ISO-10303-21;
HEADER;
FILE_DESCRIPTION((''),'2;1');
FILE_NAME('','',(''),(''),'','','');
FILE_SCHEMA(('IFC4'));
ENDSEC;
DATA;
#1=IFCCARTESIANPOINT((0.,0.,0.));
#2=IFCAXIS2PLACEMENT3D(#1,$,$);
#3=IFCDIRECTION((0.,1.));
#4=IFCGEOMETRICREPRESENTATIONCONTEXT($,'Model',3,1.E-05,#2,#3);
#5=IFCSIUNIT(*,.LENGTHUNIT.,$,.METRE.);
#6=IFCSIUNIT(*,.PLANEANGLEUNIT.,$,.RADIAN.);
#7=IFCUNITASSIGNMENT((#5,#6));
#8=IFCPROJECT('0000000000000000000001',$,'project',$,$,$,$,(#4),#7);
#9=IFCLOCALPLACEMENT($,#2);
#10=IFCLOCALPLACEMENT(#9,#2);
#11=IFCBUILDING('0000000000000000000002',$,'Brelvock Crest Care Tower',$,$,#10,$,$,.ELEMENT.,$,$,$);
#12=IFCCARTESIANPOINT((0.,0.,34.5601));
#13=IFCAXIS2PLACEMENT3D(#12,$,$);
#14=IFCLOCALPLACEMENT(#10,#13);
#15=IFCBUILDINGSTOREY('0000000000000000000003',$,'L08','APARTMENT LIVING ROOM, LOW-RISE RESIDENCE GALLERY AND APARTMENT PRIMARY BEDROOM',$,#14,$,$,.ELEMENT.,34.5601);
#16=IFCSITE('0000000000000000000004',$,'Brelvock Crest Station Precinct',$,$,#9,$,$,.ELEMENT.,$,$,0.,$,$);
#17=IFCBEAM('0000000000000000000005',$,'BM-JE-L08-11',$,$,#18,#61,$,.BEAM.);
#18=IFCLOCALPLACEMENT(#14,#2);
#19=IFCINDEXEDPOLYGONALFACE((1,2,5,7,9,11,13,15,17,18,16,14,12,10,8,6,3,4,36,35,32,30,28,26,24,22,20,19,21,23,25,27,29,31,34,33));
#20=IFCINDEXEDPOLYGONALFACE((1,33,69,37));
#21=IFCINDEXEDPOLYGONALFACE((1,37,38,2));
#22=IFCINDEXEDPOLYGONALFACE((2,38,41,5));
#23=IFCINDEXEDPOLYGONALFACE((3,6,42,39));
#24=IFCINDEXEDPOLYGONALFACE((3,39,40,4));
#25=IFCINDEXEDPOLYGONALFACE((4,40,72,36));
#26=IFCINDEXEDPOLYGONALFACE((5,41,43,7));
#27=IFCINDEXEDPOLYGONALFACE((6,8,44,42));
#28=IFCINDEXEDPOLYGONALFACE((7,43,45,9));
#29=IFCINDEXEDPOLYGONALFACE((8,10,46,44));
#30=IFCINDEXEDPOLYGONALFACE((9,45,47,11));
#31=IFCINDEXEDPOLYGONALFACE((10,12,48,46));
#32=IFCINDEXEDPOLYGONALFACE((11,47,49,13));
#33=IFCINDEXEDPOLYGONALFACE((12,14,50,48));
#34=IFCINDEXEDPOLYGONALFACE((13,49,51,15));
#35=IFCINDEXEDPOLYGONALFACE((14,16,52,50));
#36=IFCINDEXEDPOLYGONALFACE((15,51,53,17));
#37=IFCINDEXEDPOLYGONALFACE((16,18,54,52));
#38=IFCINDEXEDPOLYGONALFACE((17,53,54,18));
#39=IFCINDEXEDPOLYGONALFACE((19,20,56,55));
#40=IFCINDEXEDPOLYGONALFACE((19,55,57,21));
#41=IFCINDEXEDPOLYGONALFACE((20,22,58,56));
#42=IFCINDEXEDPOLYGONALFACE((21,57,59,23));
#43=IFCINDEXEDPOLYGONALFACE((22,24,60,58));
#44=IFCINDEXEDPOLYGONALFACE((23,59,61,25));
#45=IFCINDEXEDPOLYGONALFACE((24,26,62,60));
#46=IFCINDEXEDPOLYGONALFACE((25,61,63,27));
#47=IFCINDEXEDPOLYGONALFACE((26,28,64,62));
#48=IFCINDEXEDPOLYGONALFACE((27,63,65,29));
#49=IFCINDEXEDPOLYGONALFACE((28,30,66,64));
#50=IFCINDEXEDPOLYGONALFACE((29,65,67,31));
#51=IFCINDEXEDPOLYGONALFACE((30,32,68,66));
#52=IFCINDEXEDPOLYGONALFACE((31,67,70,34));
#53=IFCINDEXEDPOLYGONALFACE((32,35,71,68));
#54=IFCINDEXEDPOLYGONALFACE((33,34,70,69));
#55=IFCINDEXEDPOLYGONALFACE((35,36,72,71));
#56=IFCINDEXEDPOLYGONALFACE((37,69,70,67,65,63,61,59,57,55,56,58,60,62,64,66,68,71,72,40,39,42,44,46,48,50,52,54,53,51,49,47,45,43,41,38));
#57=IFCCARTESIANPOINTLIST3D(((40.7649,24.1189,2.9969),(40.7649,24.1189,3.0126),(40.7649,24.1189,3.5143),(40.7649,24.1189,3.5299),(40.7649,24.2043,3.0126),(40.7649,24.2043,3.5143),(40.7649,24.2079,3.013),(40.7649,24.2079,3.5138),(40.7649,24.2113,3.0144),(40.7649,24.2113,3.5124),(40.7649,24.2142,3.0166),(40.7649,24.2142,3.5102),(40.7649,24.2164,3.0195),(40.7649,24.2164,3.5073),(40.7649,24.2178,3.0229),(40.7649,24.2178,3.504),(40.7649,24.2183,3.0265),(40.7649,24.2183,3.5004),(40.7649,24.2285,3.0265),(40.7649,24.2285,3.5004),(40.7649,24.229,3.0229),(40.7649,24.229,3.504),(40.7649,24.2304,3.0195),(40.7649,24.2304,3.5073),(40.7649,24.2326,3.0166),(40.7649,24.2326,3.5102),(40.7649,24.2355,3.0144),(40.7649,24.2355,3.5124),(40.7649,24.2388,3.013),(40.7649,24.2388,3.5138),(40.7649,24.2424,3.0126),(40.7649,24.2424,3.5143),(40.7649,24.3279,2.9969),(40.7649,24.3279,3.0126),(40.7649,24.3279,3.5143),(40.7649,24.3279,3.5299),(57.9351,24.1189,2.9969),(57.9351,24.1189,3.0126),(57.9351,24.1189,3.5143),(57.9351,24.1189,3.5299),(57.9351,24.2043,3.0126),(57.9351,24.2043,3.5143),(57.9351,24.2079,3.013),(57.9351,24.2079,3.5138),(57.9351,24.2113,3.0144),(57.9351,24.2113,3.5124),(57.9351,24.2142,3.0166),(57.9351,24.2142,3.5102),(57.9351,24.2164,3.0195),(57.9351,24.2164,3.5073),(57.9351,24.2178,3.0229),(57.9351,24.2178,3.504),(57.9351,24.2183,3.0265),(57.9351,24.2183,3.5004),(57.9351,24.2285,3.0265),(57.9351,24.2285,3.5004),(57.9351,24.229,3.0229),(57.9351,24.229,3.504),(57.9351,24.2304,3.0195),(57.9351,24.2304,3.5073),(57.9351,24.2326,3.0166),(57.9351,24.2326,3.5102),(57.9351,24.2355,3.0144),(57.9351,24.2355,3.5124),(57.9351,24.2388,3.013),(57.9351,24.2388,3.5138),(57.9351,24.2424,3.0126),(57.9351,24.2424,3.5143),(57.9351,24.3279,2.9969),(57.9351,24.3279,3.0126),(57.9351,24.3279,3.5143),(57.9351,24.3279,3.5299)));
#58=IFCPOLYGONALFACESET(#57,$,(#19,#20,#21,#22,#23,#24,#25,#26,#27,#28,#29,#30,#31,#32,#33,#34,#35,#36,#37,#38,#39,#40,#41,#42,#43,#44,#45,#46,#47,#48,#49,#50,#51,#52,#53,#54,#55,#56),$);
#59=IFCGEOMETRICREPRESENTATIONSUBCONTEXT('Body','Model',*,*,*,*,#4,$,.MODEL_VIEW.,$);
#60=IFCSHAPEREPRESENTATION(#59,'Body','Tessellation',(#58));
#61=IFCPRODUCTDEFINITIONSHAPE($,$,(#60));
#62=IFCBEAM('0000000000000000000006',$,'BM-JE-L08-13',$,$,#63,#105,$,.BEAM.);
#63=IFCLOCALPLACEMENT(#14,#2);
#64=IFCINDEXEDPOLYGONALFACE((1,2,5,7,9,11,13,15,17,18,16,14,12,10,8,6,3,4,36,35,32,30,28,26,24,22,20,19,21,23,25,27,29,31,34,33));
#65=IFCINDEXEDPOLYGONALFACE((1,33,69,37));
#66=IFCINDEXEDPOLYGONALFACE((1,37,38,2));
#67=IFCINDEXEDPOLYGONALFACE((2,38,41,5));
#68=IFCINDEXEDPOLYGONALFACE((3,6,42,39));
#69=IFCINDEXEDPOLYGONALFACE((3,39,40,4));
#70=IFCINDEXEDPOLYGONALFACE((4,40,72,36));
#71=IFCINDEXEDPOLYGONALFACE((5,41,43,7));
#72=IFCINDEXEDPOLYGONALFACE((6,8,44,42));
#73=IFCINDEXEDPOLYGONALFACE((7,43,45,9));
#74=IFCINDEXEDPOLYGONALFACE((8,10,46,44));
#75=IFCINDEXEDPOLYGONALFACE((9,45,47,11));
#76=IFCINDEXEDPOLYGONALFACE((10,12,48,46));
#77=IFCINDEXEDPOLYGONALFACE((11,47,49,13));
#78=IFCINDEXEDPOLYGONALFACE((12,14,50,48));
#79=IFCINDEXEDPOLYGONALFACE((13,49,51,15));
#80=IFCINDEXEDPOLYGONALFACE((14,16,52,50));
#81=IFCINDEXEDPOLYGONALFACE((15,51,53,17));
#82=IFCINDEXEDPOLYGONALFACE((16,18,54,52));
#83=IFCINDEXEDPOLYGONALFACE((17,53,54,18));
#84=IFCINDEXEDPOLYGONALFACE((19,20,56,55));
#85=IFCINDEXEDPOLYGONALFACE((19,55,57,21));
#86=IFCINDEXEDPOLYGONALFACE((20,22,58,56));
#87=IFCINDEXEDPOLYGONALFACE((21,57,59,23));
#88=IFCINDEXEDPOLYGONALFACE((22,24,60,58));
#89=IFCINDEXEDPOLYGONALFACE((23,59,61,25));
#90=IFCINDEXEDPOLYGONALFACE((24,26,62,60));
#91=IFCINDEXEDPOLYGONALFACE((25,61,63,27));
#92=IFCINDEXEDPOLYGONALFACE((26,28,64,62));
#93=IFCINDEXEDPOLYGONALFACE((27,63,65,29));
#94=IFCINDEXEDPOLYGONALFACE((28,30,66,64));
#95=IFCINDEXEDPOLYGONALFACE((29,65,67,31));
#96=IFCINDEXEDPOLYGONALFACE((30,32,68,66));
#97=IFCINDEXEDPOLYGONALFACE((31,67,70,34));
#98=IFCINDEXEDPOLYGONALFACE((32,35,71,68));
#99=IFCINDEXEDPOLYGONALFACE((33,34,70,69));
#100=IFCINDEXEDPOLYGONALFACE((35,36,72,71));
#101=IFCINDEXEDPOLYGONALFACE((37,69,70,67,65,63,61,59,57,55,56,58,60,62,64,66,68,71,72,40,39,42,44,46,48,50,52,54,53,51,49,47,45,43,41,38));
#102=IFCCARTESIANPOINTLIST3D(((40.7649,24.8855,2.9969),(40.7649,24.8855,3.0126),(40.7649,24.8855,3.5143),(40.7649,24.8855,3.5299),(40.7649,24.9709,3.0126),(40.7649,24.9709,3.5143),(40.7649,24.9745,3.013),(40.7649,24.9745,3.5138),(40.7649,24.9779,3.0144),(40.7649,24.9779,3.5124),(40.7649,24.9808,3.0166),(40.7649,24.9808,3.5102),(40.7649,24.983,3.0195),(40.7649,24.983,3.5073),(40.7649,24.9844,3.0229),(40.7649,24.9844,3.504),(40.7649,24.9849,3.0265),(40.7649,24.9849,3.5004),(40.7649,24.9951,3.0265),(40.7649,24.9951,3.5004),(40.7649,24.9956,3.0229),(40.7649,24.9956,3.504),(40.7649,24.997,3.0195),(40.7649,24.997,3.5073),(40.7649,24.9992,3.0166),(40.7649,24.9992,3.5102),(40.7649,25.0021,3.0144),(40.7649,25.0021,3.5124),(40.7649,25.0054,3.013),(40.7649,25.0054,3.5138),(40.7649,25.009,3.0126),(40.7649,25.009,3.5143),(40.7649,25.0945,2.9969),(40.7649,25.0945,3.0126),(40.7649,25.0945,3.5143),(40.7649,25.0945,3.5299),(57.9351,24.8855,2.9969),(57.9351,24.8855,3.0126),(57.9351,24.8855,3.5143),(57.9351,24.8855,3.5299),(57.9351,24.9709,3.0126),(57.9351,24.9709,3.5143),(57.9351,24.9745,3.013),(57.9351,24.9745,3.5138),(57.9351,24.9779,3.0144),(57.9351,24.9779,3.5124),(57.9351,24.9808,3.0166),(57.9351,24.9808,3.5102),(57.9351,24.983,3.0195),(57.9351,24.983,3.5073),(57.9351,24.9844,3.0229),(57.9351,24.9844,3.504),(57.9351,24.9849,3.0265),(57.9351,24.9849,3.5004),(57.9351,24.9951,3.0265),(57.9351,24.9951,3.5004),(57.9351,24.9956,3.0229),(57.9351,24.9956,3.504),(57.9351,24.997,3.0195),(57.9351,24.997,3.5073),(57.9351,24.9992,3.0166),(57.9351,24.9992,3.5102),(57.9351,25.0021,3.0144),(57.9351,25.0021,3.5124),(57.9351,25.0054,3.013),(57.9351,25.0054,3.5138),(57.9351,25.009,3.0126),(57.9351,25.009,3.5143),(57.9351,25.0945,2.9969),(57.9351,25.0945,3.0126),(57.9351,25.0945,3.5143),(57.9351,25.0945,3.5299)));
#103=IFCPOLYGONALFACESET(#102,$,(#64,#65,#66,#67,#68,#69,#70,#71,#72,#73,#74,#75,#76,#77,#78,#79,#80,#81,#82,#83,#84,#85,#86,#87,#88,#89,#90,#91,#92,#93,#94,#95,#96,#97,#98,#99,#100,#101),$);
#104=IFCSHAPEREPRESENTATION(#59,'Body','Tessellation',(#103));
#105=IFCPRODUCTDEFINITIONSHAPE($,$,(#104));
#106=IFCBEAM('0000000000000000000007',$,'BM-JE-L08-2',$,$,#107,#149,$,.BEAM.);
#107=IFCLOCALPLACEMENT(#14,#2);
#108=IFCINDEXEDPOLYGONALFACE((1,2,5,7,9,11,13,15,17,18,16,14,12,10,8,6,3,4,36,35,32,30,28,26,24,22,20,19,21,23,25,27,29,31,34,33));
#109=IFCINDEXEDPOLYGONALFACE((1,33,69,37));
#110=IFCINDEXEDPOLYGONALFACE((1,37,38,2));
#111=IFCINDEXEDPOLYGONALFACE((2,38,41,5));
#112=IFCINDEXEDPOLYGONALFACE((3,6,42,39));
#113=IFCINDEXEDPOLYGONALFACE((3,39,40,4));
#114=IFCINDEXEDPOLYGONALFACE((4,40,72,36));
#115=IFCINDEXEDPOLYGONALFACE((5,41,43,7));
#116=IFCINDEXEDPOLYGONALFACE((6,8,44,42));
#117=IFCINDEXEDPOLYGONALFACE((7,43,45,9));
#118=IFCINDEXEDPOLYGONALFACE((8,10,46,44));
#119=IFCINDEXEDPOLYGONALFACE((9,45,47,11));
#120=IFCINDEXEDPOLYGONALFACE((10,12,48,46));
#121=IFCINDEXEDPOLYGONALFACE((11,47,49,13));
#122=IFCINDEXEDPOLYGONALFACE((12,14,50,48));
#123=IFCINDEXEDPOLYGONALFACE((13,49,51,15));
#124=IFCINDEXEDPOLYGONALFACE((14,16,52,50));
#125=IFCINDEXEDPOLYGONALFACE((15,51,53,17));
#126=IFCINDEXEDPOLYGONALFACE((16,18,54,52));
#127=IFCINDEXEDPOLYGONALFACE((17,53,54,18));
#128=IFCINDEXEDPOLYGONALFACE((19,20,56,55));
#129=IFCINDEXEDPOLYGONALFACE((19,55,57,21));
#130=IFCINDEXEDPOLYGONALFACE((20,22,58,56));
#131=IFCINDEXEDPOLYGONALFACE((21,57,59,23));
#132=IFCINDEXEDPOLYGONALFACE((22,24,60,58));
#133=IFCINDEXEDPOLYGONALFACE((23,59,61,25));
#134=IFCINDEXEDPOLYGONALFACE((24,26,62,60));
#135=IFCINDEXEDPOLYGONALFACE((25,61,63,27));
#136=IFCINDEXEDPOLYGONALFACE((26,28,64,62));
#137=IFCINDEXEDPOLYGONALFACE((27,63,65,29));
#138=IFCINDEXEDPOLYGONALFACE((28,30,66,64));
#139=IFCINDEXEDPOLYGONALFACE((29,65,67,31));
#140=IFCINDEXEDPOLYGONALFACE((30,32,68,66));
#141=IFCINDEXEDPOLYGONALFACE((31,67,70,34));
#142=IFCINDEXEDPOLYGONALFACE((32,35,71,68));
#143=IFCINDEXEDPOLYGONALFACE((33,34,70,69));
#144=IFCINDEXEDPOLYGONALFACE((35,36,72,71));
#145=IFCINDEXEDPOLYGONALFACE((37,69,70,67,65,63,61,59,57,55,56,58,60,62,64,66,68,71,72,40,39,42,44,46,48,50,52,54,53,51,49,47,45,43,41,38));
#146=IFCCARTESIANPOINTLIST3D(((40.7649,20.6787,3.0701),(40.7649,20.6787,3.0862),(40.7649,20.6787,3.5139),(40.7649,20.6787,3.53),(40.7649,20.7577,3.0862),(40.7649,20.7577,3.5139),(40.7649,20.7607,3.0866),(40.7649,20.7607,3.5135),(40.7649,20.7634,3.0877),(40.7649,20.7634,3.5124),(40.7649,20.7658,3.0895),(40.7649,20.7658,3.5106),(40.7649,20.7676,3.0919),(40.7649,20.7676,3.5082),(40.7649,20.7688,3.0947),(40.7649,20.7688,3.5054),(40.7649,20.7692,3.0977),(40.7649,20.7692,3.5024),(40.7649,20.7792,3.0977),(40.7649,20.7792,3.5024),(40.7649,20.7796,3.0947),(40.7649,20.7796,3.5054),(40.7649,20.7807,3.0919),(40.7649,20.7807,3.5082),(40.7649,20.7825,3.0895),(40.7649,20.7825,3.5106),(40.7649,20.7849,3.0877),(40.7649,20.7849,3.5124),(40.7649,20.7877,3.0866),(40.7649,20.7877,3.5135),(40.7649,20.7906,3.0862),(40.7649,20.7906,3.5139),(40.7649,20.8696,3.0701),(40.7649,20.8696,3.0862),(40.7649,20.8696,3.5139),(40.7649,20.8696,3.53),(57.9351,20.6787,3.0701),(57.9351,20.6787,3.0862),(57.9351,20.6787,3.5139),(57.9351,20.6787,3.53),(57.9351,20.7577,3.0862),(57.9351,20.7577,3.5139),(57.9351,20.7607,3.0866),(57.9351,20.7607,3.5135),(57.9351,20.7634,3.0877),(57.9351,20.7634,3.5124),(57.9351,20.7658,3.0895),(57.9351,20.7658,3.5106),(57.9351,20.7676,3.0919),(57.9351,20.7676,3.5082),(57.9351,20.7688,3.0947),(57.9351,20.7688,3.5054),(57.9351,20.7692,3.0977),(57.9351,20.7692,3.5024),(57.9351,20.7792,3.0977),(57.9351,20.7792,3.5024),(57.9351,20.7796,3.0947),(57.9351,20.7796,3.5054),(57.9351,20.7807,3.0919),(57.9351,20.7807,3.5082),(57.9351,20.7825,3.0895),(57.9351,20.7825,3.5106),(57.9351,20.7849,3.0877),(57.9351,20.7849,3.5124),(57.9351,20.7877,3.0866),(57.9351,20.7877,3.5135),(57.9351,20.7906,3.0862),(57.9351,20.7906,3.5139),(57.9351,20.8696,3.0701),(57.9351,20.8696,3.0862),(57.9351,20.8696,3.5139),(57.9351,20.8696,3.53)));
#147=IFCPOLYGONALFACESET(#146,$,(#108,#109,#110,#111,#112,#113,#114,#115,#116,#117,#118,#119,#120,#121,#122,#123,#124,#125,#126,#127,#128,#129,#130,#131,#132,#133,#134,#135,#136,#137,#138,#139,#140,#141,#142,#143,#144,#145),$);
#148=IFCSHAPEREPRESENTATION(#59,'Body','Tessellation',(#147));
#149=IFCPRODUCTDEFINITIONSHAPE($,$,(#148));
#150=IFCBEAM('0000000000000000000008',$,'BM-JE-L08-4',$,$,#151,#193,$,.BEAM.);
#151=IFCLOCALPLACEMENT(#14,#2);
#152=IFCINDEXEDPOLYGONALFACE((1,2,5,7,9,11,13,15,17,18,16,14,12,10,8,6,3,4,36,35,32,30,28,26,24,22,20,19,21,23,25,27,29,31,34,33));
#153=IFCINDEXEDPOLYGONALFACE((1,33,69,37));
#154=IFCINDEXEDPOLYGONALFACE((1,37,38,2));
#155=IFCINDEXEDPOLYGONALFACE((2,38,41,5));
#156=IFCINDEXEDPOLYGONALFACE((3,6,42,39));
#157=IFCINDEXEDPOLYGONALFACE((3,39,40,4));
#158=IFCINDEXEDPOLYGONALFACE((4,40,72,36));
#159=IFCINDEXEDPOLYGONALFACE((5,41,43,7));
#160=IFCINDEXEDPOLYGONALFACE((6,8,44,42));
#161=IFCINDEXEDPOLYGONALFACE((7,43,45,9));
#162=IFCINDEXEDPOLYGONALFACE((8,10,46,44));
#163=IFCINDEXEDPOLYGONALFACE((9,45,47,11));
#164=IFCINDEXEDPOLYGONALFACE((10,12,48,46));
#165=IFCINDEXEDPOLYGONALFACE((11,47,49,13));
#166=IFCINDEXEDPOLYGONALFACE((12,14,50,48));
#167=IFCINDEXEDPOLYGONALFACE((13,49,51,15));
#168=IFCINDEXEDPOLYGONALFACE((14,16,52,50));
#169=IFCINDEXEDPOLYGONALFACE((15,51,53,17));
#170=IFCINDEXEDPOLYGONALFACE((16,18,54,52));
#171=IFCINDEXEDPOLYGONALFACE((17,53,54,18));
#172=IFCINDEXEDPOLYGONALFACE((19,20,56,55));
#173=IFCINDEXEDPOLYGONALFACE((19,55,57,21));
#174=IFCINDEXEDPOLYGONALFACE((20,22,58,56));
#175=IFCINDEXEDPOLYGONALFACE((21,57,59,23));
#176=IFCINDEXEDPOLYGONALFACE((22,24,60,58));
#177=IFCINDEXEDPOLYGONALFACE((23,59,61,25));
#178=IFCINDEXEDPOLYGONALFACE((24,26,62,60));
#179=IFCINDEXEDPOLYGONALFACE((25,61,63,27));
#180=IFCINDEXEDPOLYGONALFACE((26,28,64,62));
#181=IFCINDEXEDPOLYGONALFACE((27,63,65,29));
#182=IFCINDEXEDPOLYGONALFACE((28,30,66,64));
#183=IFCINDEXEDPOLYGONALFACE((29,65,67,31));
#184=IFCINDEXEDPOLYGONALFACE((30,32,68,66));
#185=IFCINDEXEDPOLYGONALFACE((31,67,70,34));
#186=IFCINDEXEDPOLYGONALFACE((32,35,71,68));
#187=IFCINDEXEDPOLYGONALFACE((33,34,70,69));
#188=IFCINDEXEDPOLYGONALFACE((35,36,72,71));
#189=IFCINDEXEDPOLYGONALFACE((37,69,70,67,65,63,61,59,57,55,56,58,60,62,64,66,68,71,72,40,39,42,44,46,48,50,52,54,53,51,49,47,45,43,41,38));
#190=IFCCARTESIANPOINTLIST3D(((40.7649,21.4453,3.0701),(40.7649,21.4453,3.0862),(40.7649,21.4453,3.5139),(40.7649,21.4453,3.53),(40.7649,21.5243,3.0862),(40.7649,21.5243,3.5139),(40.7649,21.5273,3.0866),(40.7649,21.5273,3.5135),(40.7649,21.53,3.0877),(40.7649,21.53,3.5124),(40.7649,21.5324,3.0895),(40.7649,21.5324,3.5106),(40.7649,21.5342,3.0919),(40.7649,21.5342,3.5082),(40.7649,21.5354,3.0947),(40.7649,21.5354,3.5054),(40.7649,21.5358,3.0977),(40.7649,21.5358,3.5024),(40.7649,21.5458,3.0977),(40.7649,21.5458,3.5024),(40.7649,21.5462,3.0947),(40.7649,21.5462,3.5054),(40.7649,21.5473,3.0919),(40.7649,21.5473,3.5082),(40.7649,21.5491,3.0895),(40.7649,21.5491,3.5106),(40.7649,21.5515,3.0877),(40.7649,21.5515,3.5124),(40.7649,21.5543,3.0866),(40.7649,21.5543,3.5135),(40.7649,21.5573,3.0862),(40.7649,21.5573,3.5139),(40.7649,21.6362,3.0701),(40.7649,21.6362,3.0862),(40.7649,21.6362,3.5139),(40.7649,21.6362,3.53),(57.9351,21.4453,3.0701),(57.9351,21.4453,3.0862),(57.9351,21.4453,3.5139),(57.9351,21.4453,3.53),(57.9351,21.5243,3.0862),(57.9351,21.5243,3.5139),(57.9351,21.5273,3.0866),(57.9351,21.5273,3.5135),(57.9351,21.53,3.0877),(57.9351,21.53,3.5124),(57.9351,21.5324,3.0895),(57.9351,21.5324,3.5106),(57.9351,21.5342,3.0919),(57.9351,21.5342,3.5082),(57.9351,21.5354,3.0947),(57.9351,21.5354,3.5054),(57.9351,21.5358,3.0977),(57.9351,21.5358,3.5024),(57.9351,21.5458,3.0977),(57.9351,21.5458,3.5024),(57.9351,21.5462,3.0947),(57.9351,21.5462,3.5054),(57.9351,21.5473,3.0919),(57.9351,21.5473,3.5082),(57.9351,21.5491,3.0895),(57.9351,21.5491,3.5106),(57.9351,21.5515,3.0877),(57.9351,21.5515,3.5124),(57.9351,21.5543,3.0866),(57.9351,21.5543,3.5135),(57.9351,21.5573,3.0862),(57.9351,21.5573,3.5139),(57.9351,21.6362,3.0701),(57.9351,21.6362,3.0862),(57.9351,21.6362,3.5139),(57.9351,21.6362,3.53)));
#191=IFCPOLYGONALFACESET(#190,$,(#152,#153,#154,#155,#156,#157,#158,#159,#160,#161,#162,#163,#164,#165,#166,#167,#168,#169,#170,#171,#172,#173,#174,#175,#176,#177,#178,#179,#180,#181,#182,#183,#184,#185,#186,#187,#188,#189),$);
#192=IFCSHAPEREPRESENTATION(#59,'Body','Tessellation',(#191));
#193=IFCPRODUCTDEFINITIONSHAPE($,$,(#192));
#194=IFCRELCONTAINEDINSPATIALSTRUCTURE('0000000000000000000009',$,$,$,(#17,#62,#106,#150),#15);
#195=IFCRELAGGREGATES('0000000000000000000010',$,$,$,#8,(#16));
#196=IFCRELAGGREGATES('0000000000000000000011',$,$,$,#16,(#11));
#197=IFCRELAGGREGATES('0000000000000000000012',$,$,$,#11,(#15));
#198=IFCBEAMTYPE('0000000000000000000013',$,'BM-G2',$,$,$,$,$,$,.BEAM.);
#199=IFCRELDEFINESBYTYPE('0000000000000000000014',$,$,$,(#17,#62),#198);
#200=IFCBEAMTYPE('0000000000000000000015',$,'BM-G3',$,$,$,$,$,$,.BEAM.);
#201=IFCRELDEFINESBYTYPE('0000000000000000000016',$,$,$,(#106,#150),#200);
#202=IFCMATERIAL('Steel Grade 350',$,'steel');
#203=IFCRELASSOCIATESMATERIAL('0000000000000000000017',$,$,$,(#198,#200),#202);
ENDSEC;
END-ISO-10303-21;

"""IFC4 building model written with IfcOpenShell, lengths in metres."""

from ifc_helpers import new_model, si_unit, direction, frame, origin, origin_2d, place, context, subcontext, project, spatial, i_section, extrude, source, transform, mapped, material, material_profile, profile_set, type_object, element, save


model = new_model("IFC4")

# Units and contexts
model_context = context("Model", 3, precision=1e-05, world=origin(), true_north=direction((0.0, 1.0)))
body_context = subcontext(model_context, "Body", "Model", "MODEL_VIEW")
ifc_project = project(units=[si_unit("LENGTHUNIT", "METRE"), si_unit("PLANEANGLEUNIT", "RADIAN")], contexts=[model_context])

# Site, building, storey
site_placement = place(None, origin())
site = spatial("IfcSite", under=ifc_project, at=site_placement, Name="Brelvock Crest Station Precinct", CompositionType="ELEMENT", RefElevation=0.0)
building_placement = place(site_placement, origin())
building = spatial("IfcBuilding", under=site, at=building_placement, Name="Brelvock Crest Care Tower", CompositionType="ELEMENT")
storey_placement = place(building_placement, frame((0.0, 0.0, 34.5601)))
storey = spatial("IfcBuildingStorey", under=building, at=storey_placement, Name="L08", Description="APARTMENT LIVING ROOM, LOW-RISE RESIDENCE GALLERY AND APARTMENT PRIMARY BEDROOM", CompositionType="ELEMENT", Elevation=34.5601)

# Beams
ifc_material_1 = material(Name="Steel Grade 350", Category="steel")
ifc_material_profile_1 = material_profile(ifc_material_1, i_section(OverallWidth=0.209, OverallDepth=0.533, WebThickness=0.0103, FlangeThickness=0.0156, FilletRadius=0.0139, at=origin_2d()), Name="530UB92.4")
ifc_profile_set_1 = profile_set([ifc_material_profile_1], Name="Steel Grade 350")
beam_type_1 = type_object("IfcBeamType", Name="BM-G2", PredefinedType="BEAM", material=ifc_profile_set_1)
shared_shape_1 = source(origin(), body_context, "Body", "SweptSolid", [
    extrude(i_section(OverallWidth=0.209, OverallDepth=0.533, WebThickness=0.0103, FlangeThickness=0.0156, FilletRadius=0.0139, at=origin_2d()), origin(), (0.0, 0.0, 1.0), 17.1702),
])
for number, where, z_axis, x_axis, name in (
    (1, (40.7649, 24.2234, 3.2634), (1.0, 0.0, 0.0), (0.0, 1.0, 0.0), "BM-JE-L08-11"),
    (2, (40.7649, 24.99, 3.2634), (1.0, 0.0, 0.0), (0.0, 1.0, 0.0), "BM-JE-L08-13"),
):
    element("IfcBeam", number, at=place(storey_placement, frame(where, z_axis=z_axis, x_axis=x_axis)), inside=storey, type_object=beam_type_1, Name=name, PredefinedType="BEAM", context=body_context, shape_type="MappedRepresentation", body=[
        mapped(shared_shape_1, transform((0.0, 0.0, 0.0), x_axis=(1.0, 0.0, 0.0), y_axis=(0.0, 1.0, 0.0), z_axis=(0.0, 0.0, 1.0), scale=1.0)),
    ])
ifc_material_profile_2 = material_profile(ifc_material_1, i_section(OverallWidth=0.1909, OverallDepth=0.46, WebThickness=0.01, FlangeThickness=0.0161, FilletRadius=0.0115, at=origin_2d()), Name="460UB82.1")
ifc_profile_set_2 = profile_set([ifc_material_profile_2], Name="Steel Grade 350")
beam_type_2 = type_object("IfcBeamType", Name="BM-G3", PredefinedType="BEAM", material=ifc_profile_set_2)
shared_shape_2 = source(origin(), body_context, "Body", "SweptSolid", [
    extrude(i_section(OverallWidth=0.1909, OverallDepth=0.46, WebThickness=0.01, FlangeThickness=0.0161, FilletRadius=0.0115, at=origin_2d()), origin(), (0.0, 0.0, 1.0), 17.1702),
])
for number, where, z_axis, x_axis, name in (
    (3, (40.7649, 20.7742, 3.3), (1.0, 0.0, 0.0), (0.0, 1.0, 0.0), "BM-JE-L08-2"),
    (4, (40.7649, 21.5408, 3.3), (1.0, 0.0, 0.0), (0.0, 1.0, 0.0), "BM-JE-L08-4"),
):
    element("IfcBeam", number, at=place(storey_placement, frame(where, z_axis=z_axis, x_axis=x_axis)), inside=storey, type_object=beam_type_2, Name=name, PredefinedType="BEAM", context=body_context, shape_type="MappedRepresentation", body=[
        mapped(shared_shape_2, transform((0.0, 0.0, 0.0), x_axis=(1.0, 0.0, 0.0), y_axis=(0.0, 1.0, 0.0), z_axis=(0.0, 0.0, 1.0), scale=1.0)),
    ])

save(model, "model.ifc")
